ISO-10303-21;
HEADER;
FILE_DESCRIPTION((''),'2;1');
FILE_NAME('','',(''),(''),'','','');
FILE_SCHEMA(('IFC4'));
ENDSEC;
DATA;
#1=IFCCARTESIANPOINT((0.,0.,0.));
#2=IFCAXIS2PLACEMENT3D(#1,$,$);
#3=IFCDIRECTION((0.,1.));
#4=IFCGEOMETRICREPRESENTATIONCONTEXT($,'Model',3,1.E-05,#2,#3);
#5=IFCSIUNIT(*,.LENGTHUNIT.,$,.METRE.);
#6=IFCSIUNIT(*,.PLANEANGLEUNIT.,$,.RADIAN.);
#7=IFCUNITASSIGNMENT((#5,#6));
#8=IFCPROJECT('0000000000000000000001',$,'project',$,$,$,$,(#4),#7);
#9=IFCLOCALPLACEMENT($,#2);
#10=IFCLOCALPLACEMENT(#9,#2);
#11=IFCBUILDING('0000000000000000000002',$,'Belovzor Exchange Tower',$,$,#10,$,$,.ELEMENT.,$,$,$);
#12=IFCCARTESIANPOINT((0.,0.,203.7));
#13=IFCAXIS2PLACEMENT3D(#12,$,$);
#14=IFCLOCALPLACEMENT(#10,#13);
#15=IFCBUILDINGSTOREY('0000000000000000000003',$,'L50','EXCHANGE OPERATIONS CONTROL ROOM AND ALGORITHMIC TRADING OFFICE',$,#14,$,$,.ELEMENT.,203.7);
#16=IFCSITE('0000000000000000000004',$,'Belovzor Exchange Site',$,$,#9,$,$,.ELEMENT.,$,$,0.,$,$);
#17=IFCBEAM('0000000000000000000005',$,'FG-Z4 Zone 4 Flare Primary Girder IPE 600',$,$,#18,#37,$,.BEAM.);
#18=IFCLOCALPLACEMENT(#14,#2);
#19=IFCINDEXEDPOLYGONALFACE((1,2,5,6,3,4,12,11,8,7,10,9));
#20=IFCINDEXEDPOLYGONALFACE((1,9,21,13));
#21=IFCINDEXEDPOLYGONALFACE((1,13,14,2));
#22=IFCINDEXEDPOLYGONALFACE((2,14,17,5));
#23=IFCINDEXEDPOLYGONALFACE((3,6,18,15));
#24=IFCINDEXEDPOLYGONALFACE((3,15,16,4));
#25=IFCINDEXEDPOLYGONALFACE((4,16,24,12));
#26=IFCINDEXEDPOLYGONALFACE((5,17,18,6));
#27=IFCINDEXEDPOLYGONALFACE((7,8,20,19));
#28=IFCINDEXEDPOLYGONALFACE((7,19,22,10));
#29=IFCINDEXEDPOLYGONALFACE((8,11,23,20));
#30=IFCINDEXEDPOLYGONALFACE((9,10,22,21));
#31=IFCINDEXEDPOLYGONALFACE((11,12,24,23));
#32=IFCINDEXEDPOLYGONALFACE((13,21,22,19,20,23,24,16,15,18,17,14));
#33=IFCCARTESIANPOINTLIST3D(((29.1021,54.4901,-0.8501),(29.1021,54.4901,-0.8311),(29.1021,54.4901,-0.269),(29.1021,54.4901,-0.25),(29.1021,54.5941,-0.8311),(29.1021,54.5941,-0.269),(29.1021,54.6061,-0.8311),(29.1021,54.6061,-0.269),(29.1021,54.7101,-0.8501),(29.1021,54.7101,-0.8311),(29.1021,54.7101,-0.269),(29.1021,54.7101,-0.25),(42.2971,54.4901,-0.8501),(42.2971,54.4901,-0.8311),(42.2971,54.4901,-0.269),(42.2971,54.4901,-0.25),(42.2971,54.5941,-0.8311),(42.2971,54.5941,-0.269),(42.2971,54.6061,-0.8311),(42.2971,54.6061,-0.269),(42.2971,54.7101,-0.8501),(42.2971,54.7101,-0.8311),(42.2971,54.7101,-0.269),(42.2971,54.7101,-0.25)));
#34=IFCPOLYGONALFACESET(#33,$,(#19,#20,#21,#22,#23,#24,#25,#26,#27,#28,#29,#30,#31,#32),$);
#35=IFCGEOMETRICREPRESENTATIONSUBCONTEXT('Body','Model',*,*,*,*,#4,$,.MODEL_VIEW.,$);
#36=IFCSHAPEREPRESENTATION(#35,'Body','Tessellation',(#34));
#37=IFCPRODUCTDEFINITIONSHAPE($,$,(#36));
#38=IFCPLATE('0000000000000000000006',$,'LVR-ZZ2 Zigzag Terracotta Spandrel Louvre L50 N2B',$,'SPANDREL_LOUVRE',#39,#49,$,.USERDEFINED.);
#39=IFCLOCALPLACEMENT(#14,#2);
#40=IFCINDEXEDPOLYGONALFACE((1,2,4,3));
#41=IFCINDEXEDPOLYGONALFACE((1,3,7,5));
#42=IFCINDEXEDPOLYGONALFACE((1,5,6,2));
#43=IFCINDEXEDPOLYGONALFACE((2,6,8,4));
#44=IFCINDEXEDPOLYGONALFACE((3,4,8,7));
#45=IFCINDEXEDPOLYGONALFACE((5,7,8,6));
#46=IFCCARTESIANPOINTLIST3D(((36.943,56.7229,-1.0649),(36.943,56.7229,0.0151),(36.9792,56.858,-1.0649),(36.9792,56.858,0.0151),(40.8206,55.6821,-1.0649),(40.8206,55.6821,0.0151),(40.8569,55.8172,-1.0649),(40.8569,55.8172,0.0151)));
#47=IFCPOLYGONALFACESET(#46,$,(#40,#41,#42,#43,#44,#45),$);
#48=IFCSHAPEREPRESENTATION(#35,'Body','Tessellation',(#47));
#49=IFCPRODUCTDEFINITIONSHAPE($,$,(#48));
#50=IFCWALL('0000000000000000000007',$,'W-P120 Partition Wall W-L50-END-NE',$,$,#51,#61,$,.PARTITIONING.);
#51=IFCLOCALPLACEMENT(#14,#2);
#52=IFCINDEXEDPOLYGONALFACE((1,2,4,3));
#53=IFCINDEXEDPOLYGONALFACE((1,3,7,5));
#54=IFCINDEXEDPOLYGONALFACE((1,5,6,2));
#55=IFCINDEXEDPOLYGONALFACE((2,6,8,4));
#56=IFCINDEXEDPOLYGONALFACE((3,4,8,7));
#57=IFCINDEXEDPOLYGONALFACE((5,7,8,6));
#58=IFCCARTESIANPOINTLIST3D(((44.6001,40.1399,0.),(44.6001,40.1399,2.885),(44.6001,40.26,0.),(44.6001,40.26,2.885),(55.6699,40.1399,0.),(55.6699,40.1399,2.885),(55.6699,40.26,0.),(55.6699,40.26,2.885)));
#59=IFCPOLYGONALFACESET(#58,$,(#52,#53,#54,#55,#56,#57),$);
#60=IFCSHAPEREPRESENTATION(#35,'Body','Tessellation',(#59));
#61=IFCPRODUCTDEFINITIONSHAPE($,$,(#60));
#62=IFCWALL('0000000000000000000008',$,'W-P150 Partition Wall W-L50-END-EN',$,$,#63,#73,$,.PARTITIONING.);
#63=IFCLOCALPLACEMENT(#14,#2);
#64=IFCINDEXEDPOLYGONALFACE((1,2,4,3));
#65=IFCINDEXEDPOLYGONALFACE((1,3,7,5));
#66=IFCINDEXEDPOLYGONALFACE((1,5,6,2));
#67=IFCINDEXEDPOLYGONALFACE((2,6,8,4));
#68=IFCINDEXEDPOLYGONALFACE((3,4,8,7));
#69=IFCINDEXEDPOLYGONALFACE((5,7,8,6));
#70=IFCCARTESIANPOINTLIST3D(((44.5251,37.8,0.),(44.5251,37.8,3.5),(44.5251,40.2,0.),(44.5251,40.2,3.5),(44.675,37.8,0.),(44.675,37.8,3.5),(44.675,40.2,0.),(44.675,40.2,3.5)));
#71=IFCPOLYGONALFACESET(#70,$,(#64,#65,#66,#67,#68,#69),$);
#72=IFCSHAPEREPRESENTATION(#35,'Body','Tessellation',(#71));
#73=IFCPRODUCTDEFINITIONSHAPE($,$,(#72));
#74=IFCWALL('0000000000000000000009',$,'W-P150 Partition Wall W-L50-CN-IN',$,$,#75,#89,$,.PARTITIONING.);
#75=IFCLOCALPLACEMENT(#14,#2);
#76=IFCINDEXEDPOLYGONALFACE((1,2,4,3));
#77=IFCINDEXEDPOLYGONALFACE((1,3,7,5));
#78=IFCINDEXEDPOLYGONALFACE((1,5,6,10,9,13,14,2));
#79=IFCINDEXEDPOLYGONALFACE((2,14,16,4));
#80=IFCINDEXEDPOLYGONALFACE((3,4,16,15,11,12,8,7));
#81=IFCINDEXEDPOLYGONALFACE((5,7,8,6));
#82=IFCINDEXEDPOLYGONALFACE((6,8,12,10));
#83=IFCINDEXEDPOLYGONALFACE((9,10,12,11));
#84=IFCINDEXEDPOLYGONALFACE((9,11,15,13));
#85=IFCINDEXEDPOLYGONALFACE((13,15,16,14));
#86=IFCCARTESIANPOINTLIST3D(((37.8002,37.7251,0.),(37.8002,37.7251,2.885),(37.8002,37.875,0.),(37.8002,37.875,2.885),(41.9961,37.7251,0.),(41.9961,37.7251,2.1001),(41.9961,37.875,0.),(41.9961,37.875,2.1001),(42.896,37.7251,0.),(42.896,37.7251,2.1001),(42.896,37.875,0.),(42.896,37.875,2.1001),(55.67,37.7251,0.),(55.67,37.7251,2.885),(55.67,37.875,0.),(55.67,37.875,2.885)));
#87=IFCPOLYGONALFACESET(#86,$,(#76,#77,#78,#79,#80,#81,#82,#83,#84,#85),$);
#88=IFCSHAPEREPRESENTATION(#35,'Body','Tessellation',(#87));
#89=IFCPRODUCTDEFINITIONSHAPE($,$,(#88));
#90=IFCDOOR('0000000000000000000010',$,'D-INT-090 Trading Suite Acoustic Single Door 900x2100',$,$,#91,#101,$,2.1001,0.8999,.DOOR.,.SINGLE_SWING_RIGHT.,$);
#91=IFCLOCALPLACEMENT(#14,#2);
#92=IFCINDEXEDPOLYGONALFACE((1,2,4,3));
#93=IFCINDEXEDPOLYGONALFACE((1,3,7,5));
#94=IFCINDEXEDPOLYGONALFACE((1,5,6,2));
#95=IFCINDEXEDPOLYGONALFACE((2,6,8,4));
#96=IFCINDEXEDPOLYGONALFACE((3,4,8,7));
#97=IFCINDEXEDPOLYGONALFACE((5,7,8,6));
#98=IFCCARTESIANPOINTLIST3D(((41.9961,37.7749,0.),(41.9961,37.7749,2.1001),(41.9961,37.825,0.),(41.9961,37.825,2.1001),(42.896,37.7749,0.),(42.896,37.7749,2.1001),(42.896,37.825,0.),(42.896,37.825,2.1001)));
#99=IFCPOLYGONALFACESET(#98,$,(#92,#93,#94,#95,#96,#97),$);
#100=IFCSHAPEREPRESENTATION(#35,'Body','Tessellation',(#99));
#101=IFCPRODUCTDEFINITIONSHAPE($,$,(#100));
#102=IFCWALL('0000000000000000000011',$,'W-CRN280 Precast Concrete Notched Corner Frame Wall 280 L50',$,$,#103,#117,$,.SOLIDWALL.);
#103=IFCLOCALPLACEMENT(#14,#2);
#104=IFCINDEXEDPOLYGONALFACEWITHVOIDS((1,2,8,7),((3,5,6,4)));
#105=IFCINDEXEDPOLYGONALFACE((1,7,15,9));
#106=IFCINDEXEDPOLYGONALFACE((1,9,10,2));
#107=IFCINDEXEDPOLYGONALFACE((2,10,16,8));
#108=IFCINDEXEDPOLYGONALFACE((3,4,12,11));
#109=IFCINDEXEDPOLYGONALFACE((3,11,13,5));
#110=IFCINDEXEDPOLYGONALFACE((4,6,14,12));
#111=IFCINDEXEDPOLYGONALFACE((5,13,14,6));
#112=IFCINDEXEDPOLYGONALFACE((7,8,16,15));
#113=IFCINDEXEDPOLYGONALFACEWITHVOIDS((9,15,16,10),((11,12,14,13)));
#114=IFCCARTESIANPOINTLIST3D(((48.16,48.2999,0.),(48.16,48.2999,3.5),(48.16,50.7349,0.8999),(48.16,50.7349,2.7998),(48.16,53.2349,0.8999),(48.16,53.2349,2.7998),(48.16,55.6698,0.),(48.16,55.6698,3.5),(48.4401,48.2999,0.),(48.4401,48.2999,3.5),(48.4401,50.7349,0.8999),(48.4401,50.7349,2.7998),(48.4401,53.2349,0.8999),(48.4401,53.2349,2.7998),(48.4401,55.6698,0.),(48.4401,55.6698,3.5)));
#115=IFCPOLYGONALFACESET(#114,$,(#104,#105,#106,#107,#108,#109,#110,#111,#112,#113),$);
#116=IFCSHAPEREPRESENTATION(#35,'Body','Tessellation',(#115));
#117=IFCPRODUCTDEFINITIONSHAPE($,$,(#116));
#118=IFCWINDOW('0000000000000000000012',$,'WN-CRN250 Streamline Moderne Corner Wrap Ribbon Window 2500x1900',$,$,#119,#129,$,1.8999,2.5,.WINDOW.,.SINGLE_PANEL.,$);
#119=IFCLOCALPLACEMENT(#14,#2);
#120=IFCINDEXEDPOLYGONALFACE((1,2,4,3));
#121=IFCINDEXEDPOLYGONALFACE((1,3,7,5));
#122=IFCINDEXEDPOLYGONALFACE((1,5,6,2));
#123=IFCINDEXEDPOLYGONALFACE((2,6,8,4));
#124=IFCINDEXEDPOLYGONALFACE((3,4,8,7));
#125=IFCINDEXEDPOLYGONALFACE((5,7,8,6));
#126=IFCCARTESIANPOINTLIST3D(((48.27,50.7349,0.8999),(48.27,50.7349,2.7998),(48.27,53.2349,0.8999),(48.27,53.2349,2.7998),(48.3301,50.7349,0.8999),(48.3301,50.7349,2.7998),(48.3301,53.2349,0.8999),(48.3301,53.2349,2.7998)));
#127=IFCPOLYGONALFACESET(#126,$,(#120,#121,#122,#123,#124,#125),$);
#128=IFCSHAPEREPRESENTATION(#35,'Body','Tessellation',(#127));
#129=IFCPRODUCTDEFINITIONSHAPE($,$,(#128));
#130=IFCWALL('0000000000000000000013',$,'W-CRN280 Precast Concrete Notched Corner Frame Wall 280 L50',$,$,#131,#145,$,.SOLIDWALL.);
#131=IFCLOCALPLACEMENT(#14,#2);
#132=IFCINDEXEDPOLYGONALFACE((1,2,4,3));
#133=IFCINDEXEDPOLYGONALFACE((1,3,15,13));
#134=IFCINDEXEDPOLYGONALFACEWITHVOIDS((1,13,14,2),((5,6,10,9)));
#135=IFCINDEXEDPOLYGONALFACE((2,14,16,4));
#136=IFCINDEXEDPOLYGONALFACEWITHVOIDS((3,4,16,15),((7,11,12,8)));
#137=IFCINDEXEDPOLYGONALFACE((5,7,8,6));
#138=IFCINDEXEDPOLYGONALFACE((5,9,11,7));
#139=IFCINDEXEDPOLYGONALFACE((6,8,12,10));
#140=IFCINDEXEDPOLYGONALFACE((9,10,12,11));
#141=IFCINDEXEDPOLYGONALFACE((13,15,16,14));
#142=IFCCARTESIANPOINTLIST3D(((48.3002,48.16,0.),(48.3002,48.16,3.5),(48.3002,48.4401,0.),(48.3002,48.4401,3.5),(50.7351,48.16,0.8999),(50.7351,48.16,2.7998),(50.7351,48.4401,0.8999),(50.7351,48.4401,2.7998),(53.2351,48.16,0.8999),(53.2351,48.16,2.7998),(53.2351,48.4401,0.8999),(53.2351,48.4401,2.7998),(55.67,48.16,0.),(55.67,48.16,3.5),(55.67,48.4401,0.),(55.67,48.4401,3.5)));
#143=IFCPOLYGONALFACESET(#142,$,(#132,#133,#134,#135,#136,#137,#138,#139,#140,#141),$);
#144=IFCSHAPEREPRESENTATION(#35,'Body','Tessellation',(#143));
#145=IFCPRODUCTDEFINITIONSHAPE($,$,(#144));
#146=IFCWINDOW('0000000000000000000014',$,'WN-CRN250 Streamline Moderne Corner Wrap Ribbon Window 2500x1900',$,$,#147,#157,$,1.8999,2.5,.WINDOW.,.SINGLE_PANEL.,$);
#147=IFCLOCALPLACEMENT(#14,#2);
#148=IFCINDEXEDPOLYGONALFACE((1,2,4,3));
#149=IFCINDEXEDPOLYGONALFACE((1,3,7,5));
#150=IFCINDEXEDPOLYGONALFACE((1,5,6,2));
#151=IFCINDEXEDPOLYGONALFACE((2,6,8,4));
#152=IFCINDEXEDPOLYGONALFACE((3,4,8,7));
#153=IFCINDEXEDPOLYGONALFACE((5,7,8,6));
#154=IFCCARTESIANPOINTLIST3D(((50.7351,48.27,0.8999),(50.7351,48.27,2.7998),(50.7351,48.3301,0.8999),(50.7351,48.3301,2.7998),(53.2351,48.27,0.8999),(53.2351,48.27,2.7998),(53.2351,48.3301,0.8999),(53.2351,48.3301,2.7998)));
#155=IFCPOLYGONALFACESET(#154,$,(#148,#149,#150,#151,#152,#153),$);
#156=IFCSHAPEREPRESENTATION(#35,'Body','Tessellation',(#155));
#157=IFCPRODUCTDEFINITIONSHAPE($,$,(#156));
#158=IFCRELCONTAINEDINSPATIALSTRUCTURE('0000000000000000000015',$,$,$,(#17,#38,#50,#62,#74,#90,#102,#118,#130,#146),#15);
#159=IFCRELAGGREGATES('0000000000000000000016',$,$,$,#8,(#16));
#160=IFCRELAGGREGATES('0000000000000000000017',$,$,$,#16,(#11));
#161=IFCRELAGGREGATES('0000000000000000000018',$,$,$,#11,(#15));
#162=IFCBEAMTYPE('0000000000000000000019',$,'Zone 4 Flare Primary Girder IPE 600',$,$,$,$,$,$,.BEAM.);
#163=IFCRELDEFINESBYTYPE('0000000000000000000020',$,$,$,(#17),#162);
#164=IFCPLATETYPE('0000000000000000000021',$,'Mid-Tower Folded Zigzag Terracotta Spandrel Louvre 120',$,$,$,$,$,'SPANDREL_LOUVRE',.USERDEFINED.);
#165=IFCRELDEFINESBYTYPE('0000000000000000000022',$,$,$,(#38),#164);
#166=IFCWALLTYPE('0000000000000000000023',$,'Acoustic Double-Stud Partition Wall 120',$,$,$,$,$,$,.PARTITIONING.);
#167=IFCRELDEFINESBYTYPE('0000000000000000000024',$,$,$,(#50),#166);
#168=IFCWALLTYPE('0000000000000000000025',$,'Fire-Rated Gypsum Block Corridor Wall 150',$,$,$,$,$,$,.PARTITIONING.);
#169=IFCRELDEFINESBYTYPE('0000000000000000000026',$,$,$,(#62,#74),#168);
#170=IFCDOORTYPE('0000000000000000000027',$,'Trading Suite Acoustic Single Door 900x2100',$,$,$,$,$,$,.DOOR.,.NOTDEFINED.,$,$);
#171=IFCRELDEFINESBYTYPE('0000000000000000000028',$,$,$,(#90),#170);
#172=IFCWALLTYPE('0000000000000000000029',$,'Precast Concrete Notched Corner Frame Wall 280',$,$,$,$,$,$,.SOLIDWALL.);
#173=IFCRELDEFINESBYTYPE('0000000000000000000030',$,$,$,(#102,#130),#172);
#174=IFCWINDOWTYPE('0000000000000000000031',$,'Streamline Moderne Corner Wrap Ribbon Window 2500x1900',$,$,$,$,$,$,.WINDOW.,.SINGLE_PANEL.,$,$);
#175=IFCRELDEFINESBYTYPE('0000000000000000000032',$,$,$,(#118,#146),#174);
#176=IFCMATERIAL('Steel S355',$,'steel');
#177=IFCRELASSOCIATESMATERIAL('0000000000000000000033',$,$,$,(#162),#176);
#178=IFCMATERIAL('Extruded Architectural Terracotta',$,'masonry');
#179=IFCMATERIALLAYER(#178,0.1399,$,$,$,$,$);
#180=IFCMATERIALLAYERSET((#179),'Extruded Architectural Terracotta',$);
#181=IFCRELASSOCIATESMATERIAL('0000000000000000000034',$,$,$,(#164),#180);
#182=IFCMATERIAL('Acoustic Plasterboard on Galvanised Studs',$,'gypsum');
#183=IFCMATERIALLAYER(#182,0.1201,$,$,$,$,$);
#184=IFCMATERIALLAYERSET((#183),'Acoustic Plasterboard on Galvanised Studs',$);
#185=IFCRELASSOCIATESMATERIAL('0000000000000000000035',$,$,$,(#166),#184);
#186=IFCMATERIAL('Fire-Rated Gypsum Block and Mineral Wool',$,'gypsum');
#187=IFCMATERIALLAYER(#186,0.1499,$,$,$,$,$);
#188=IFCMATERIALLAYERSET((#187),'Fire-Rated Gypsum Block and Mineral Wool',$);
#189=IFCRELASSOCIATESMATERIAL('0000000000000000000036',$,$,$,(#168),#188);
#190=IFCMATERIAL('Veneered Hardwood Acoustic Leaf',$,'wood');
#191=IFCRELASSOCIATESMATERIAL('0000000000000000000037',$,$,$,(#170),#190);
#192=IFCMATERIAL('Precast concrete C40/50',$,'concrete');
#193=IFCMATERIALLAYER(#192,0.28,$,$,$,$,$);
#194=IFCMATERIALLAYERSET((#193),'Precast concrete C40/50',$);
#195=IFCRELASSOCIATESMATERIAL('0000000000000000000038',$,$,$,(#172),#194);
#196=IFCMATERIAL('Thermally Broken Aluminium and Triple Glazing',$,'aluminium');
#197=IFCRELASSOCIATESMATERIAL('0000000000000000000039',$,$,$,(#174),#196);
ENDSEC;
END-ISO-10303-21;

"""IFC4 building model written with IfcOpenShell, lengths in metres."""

from ifc_helpers import new_model, si_unit, direction, frame, frame_2d, origin, origin_2d, place, context, subcontext, project, spatial, rectangle, i_section, extrude, material, layer, layer_set, material_profile, profile_set, type_object, element, fill, save


model = new_model("IFC4")

# Units and contexts
model_context = context("Model", 3, precision=1e-05, world=origin(), true_north=direction((0.0, 1.0)))
body_context = subcontext(model_context, "Body", "Model", "MODEL_VIEW")
ifc_project = project(units=[si_unit("LENGTHUNIT", "METRE"), si_unit("PLANEANGLEUNIT", "RADIAN")], contexts=[model_context])

# Site, building, storey
site_placement = place(None, origin())
site = spatial("IfcSite", under=ifc_project, at=site_placement, Name="Belovzor Exchange Site", CompositionType="ELEMENT", RefElevation=0.0)
building_placement = place(site_placement, origin())
building = spatial("IfcBuilding", under=site, at=building_placement, Name="Belovzor Exchange Tower", CompositionType="ELEMENT")
storey_placement = place(building_placement, frame((0.0, 0.0, 203.7)))
storey = spatial("IfcBuildingStorey", under=building, at=storey_placement, Name="L50", Description="EXCHANGE OPERATIONS CONTROL ROOM AND ALGORITHMIC TRADING OFFICE", CompositionType="ELEMENT", Elevation=203.7)

# Beam
ifc_material_1 = material(Name="Steel S355", Category="steel")
ifc_material_profile_1 = material_profile(ifc_material_1, i_section(OverallWidth=0.22, OverallDepth=0.6001, WebThickness=0.012, FlangeThickness=0.019, at=origin_2d()))
ifc_profile_set_1 = profile_set([ifc_material_profile_1], Name="Steel S355")
beam_type_1 = type_object("IfcBeamType", Name="Zone 4 Flare Primary Girder IPE 600", PredefinedType="BEAM", material=ifc_profile_set_1)
beam_1_placement = place(storey_placement, frame((42.2971, 54.6001, -0.55), z_axis=(-1.0, 0.0, 0.0), x_axis=(0.0, -1.0, 0.0)))
element("IfcBeam", 1, at=beam_1_placement, inside=storey, type_object=beam_type_1, Name="FG-Z4 Zone 4 Flare Primary Girder IPE 600", PredefinedType="BEAM", context=body_context, shape_type="SweptSolid", body=[
    extrude(i_section(OverallWidth=0.22, OverallDepth=0.6001, WebThickness=0.012, FlangeThickness=0.019, at=origin_2d()), origin(), (0.0, 0.0, 1.0), 13.1951),
])

# Plate
ifc_material_2 = material(Name="Extruded Architectural Terracotta", Category="masonry")
ifc_layer_1 = layer(ifc_material_2, 0.1399)
ifc_layer_set_1 = layer_set([ifc_layer_1], Name="Extruded Architectural Terracotta")
plate_type = type_object("IfcPlateType", Name="Mid-Tower Folded Zigzag Terracotta Spandrel Louvre 120", ElementType="SPANDREL_LOUVRE", PredefinedType="USERDEFINED", material=ifc_layer_set_1)
plate_placement = place(storey_placement, frame((38.8999, 56.27, -1.0649), z_axis=(0.0, 0.0, 1.0), x_axis=(0.965813, -0.25924, 0.0)))
element("IfcPlate", 2, at=plate_placement, inside=storey, type_object=plate_type, Name="LVR-ZZ2 Zigzag Terracotta Spandrel Louvre L50 N2B", ObjectType="SPANDREL_LOUVRE", PredefinedType="USERDEFINED", context=body_context, shape_type="SweptSolid", body=[
    extrude(rectangle(XDim=4.0149, YDim=0.1399, at=origin_2d()), origin(), (0.0, 0.0, 1.0), 1.0801),
])

# Walls
ifc_material_3 = material(Name="Acoustic Plasterboard on Galvanised Studs", Category="gypsum")
ifc_layer_2 = layer(ifc_material_3, 0.1201)
ifc_layer_set_2 = layer_set([ifc_layer_2], Name="Acoustic Plasterboard on Galvanised Studs")
wall_type_1 = type_object("IfcWallType", Name="Acoustic Double-Stud Partition Wall 120", PredefinedType="PARTITIONING", material=ifc_layer_set_2)
wall_1_placement = place(storey_placement, frame((44.6001, 40.2, 0.0), z_axis=(0.0, 0.0, 1.0), x_axis=(1.0, 0.0, 0.0)))
element("IfcWall", 3, at=wall_1_placement, inside=storey, type_object=wall_type_1, Name="W-P120 Partition Wall W-L50-END-NE", PredefinedType="PARTITIONING", context=body_context, shape_type="SweptSolid", body=[
    extrude(rectangle(XDim=11.0698, YDim=0.1201, at=frame_2d((5.5349, 0.0))), origin(), (0.0, 0.0, 1.0), 2.885),
])
ifc_material_4 = material(Name="Fire-Rated Gypsum Block and Mineral Wool", Category="gypsum")
ifc_layer_3 = layer(ifc_material_4, 0.1499)
ifc_layer_set_3 = layer_set([ifc_layer_3], Name="Fire-Rated Gypsum Block and Mineral Wool")
wall_type_2 = type_object("IfcWallType", Name="Fire-Rated Gypsum Block Corridor Wall 150", PredefinedType="PARTITIONING", material=ifc_layer_set_3)
wall_2_placement = place(storey_placement, frame((44.6001, 37.8, 0.0), z_axis=(0.0, 0.0, 1.0), x_axis=(0.0, 1.0, 0.0)))
element("IfcWall", 4, at=wall_2_placement, inside=storey, type_object=wall_type_2, Name="W-P150 Partition Wall W-L50-END-EN", PredefinedType="PARTITIONING", context=body_context, shape_type="SweptSolid", body=[
    extrude(rectangle(XDim=2.3999, YDim=0.1499, at=frame_2d((1.2, 0.0))), origin(), (0.0, 0.0, 1.0), 3.5),
])

# Wall, opening, door
wall_3_placement = place(storey_placement, frame((37.8, 37.8, 0.0), z_axis=(0.0, 0.0, 1.0), x_axis=(1.0, 0.0, 0.0)))
wall_3 = element("IfcWall", 5, at=wall_3_placement, inside=storey, type_object=wall_type_2, Name="W-P150 Partition Wall W-L50-CN-IN", PredefinedType="PARTITIONING", context=body_context, shape_type="SweptSolid", body=[
    extrude(rectangle(XDim=17.8699, YDim=0.1499, at=frame_2d((8.9351, 0.0))), origin(), (0.0, 0.0, 1.0), 2.885),
])
opening_1_placement = place(wall_3_placement, frame((4.196, 0.0, 0.0)))
opening_1 = element("IfcOpeningElement", 6, at=opening_1_placement, cuts=wall_3, PredefinedType="OPENING", context=body_context, shape_type="SweptSolid", body=[
    extrude(rectangle(XDim=0.8999, YDim=2.1001, at=frame_2d((0.45, 1.05))), frame((0.0, 0.085, 0.0), z_axis=(0.0, -1.0, 0.0), x_axis=(1.0, 0.0, 0.0)), (0.0, 0.0, 1.0), 0.1699),
])
ifc_material_5 = material(Name="Veneered Hardwood Acoustic Leaf", Category="wood")
door_type_1 = type_object("IfcDoorType", Name="Trading Suite Acoustic Single Door 900x2100", OperationType="NOTDEFINED", PredefinedType="DOOR", material=ifc_material_5)
door_1_placement = place(opening_1_placement, origin())
door_1 = element("IfcDoor", 7, at=door_1_placement, inside=storey, type_object=door_type_1, Name="D-INT-090 Trading Suite Acoustic Single Door 900x2100", OperationType="SINGLE_SWING_RIGHT", OverallHeight=2.1001, OverallWidth=0.8999, PredefinedType="DOOR", context=body_context, shape_type="SweptSolid", body=[
    extrude(rectangle(XDim=0.8999, YDim=2.1001, at=frame_2d((0.45, 1.05))), frame((0.0, 0.0249, 0.0), z_axis=(0.0, -1.0, 0.0), x_axis=(1.0, 0.0, 0.0)), (0.0, 0.0, 1.0), 0.05),
])
fill(opening_1, door_1)

# Walls, openings, windows
ifc_material_6 = material(Name="Precast concrete C40/50", Category="concrete")
ifc_layer_4 = layer(ifc_material_6, 0.28)
ifc_layer_set_4 = layer_set([ifc_layer_4], Name="Precast concrete C40/50")
wall_type_3 = type_object("IfcWallType", Name="Precast Concrete Notched Corner Frame Wall 280", PredefinedType="SOLIDWALL", material=ifc_layer_set_4)
wall_4_placement = place(storey_placement, frame((48.3, 55.6699, 0.0), z_axis=(0.0, 0.0, 1.0), x_axis=(0.0, -1.0, 0.0)))
wall_4 = element("IfcWall", 8, at=wall_4_placement, inside=storey, type_object=wall_type_3, Name="W-CRN280 Precast Concrete Notched Corner Frame Wall 280 L50", PredefinedType="SOLIDWALL", context=body_context, shape_type="SweptSolid", body=[
    extrude(rectangle(XDim=7.3699, YDim=0.28, at=frame_2d((3.6851, 0.0))), origin(), (0.0, 0.0, 1.0), 3.5),
])
opening_2_placement = place(wall_4_placement, frame((2.4351, 0.0, 0.8999)))
opening_2 = element("IfcOpeningElement", 9, at=opening_2_placement, cuts=wall_4, PredefinedType="OPENING", context=body_context, shape_type="SweptSolid", body=[
    extrude(rectangle(XDim=2.5, YDim=1.8999, at=frame_2d((1.25, 0.95))), frame((0.0, 0.1499, 0.0), z_axis=(0.0, -1.0, 0.0), x_axis=(1.0, 0.0, 0.0)), (0.0, 0.0, 1.0), 0.3),
])
ifc_material_7 = material(Name="Thermally Broken Aluminium and Triple Glazing", Category="aluminium")
window_type = type_object("IfcWindowType", Name="Streamline Moderne Corner Wrap Ribbon Window 2500x1900", PartitioningType="SINGLE_PANEL", PredefinedType="WINDOW", material=ifc_material_7)
window_1_placement = place(opening_2_placement, origin())
window_1 = element("IfcWindow", 10, at=window_1_placement, inside=storey, type_object=window_type, Name="WN-CRN250 Streamline Moderne Corner Wrap Ribbon Window 2500x1900", OverallHeight=1.8999, OverallWidth=2.5, PartitioningType="SINGLE_PANEL", PredefinedType="WINDOW", context=body_context, shape_type="SweptSolid", body=[
    extrude(rectangle(XDim=2.5, YDim=1.8999, at=frame_2d((1.25, 0.95))), frame((0.0, 0.03, 0.0), z_axis=(0.0, -1.0, 0.0), x_axis=(1.0, 0.0, 0.0)), (0.0, 0.0, 1.0), 0.0601),
])
fill(opening_2, window_1)
wall_5_placement = place(storey_placement, frame((48.3, 48.3, 0.0), z_axis=(0.0, 0.0, 1.0), x_axis=(1.0, 0.0, 0.0)))
wall_5 = element("IfcWall", 11, at=wall_5_placement, inside=storey, type_object=wall_type_3, Name="W-CRN280 Precast Concrete Notched Corner Frame Wall 280 L50", PredefinedType="SOLIDWALL", context=body_context, shape_type="SweptSolid", body=[
    extrude(rectangle(XDim=7.3699, YDim=0.28, at=frame_2d((3.6851, 0.0))), origin(), (0.0, 0.0, 1.0), 3.5),
])
opening_3_placement = place(wall_5_placement, frame((2.4351, 0.0, 0.8999)))
opening_3 = element("IfcOpeningElement", 12, at=opening_3_placement, cuts=wall_5, PredefinedType="OPENING", context=body_context, shape_type="SweptSolid", body=[
    extrude(rectangle(XDim=2.5, YDim=1.8999, at=frame_2d((1.25, 0.95))), frame((0.0, 0.1499, 0.0), z_axis=(0.0, -1.0, 0.0), x_axis=(1.0, 0.0, 0.0)), (0.0, 0.0, 1.0), 0.3),
])
window_2_placement = place(opening_3_placement, origin())
window_2 = element("IfcWindow", 13, at=window_2_placement, inside=storey, type_object=window_type, Name="WN-CRN250 Streamline Moderne Corner Wrap Ribbon Window 2500x1900", OverallHeight=1.8999, OverallWidth=2.5, PartitioningType="SINGLE_PANEL", PredefinedType="WINDOW", context=body_context, shape_type="SweptSolid", body=[
    extrude(rectangle(XDim=2.5, YDim=1.8999, at=frame_2d((1.25, 0.95))), frame((0.0, 0.03, 0.0), z_axis=(0.0, -1.0, 0.0), x_axis=(1.0, 0.0, 0.0)), (0.0, 0.0, 1.0), 0.0601),
])
fill(opening_3, window_2)

save(model, "model.ifc")
